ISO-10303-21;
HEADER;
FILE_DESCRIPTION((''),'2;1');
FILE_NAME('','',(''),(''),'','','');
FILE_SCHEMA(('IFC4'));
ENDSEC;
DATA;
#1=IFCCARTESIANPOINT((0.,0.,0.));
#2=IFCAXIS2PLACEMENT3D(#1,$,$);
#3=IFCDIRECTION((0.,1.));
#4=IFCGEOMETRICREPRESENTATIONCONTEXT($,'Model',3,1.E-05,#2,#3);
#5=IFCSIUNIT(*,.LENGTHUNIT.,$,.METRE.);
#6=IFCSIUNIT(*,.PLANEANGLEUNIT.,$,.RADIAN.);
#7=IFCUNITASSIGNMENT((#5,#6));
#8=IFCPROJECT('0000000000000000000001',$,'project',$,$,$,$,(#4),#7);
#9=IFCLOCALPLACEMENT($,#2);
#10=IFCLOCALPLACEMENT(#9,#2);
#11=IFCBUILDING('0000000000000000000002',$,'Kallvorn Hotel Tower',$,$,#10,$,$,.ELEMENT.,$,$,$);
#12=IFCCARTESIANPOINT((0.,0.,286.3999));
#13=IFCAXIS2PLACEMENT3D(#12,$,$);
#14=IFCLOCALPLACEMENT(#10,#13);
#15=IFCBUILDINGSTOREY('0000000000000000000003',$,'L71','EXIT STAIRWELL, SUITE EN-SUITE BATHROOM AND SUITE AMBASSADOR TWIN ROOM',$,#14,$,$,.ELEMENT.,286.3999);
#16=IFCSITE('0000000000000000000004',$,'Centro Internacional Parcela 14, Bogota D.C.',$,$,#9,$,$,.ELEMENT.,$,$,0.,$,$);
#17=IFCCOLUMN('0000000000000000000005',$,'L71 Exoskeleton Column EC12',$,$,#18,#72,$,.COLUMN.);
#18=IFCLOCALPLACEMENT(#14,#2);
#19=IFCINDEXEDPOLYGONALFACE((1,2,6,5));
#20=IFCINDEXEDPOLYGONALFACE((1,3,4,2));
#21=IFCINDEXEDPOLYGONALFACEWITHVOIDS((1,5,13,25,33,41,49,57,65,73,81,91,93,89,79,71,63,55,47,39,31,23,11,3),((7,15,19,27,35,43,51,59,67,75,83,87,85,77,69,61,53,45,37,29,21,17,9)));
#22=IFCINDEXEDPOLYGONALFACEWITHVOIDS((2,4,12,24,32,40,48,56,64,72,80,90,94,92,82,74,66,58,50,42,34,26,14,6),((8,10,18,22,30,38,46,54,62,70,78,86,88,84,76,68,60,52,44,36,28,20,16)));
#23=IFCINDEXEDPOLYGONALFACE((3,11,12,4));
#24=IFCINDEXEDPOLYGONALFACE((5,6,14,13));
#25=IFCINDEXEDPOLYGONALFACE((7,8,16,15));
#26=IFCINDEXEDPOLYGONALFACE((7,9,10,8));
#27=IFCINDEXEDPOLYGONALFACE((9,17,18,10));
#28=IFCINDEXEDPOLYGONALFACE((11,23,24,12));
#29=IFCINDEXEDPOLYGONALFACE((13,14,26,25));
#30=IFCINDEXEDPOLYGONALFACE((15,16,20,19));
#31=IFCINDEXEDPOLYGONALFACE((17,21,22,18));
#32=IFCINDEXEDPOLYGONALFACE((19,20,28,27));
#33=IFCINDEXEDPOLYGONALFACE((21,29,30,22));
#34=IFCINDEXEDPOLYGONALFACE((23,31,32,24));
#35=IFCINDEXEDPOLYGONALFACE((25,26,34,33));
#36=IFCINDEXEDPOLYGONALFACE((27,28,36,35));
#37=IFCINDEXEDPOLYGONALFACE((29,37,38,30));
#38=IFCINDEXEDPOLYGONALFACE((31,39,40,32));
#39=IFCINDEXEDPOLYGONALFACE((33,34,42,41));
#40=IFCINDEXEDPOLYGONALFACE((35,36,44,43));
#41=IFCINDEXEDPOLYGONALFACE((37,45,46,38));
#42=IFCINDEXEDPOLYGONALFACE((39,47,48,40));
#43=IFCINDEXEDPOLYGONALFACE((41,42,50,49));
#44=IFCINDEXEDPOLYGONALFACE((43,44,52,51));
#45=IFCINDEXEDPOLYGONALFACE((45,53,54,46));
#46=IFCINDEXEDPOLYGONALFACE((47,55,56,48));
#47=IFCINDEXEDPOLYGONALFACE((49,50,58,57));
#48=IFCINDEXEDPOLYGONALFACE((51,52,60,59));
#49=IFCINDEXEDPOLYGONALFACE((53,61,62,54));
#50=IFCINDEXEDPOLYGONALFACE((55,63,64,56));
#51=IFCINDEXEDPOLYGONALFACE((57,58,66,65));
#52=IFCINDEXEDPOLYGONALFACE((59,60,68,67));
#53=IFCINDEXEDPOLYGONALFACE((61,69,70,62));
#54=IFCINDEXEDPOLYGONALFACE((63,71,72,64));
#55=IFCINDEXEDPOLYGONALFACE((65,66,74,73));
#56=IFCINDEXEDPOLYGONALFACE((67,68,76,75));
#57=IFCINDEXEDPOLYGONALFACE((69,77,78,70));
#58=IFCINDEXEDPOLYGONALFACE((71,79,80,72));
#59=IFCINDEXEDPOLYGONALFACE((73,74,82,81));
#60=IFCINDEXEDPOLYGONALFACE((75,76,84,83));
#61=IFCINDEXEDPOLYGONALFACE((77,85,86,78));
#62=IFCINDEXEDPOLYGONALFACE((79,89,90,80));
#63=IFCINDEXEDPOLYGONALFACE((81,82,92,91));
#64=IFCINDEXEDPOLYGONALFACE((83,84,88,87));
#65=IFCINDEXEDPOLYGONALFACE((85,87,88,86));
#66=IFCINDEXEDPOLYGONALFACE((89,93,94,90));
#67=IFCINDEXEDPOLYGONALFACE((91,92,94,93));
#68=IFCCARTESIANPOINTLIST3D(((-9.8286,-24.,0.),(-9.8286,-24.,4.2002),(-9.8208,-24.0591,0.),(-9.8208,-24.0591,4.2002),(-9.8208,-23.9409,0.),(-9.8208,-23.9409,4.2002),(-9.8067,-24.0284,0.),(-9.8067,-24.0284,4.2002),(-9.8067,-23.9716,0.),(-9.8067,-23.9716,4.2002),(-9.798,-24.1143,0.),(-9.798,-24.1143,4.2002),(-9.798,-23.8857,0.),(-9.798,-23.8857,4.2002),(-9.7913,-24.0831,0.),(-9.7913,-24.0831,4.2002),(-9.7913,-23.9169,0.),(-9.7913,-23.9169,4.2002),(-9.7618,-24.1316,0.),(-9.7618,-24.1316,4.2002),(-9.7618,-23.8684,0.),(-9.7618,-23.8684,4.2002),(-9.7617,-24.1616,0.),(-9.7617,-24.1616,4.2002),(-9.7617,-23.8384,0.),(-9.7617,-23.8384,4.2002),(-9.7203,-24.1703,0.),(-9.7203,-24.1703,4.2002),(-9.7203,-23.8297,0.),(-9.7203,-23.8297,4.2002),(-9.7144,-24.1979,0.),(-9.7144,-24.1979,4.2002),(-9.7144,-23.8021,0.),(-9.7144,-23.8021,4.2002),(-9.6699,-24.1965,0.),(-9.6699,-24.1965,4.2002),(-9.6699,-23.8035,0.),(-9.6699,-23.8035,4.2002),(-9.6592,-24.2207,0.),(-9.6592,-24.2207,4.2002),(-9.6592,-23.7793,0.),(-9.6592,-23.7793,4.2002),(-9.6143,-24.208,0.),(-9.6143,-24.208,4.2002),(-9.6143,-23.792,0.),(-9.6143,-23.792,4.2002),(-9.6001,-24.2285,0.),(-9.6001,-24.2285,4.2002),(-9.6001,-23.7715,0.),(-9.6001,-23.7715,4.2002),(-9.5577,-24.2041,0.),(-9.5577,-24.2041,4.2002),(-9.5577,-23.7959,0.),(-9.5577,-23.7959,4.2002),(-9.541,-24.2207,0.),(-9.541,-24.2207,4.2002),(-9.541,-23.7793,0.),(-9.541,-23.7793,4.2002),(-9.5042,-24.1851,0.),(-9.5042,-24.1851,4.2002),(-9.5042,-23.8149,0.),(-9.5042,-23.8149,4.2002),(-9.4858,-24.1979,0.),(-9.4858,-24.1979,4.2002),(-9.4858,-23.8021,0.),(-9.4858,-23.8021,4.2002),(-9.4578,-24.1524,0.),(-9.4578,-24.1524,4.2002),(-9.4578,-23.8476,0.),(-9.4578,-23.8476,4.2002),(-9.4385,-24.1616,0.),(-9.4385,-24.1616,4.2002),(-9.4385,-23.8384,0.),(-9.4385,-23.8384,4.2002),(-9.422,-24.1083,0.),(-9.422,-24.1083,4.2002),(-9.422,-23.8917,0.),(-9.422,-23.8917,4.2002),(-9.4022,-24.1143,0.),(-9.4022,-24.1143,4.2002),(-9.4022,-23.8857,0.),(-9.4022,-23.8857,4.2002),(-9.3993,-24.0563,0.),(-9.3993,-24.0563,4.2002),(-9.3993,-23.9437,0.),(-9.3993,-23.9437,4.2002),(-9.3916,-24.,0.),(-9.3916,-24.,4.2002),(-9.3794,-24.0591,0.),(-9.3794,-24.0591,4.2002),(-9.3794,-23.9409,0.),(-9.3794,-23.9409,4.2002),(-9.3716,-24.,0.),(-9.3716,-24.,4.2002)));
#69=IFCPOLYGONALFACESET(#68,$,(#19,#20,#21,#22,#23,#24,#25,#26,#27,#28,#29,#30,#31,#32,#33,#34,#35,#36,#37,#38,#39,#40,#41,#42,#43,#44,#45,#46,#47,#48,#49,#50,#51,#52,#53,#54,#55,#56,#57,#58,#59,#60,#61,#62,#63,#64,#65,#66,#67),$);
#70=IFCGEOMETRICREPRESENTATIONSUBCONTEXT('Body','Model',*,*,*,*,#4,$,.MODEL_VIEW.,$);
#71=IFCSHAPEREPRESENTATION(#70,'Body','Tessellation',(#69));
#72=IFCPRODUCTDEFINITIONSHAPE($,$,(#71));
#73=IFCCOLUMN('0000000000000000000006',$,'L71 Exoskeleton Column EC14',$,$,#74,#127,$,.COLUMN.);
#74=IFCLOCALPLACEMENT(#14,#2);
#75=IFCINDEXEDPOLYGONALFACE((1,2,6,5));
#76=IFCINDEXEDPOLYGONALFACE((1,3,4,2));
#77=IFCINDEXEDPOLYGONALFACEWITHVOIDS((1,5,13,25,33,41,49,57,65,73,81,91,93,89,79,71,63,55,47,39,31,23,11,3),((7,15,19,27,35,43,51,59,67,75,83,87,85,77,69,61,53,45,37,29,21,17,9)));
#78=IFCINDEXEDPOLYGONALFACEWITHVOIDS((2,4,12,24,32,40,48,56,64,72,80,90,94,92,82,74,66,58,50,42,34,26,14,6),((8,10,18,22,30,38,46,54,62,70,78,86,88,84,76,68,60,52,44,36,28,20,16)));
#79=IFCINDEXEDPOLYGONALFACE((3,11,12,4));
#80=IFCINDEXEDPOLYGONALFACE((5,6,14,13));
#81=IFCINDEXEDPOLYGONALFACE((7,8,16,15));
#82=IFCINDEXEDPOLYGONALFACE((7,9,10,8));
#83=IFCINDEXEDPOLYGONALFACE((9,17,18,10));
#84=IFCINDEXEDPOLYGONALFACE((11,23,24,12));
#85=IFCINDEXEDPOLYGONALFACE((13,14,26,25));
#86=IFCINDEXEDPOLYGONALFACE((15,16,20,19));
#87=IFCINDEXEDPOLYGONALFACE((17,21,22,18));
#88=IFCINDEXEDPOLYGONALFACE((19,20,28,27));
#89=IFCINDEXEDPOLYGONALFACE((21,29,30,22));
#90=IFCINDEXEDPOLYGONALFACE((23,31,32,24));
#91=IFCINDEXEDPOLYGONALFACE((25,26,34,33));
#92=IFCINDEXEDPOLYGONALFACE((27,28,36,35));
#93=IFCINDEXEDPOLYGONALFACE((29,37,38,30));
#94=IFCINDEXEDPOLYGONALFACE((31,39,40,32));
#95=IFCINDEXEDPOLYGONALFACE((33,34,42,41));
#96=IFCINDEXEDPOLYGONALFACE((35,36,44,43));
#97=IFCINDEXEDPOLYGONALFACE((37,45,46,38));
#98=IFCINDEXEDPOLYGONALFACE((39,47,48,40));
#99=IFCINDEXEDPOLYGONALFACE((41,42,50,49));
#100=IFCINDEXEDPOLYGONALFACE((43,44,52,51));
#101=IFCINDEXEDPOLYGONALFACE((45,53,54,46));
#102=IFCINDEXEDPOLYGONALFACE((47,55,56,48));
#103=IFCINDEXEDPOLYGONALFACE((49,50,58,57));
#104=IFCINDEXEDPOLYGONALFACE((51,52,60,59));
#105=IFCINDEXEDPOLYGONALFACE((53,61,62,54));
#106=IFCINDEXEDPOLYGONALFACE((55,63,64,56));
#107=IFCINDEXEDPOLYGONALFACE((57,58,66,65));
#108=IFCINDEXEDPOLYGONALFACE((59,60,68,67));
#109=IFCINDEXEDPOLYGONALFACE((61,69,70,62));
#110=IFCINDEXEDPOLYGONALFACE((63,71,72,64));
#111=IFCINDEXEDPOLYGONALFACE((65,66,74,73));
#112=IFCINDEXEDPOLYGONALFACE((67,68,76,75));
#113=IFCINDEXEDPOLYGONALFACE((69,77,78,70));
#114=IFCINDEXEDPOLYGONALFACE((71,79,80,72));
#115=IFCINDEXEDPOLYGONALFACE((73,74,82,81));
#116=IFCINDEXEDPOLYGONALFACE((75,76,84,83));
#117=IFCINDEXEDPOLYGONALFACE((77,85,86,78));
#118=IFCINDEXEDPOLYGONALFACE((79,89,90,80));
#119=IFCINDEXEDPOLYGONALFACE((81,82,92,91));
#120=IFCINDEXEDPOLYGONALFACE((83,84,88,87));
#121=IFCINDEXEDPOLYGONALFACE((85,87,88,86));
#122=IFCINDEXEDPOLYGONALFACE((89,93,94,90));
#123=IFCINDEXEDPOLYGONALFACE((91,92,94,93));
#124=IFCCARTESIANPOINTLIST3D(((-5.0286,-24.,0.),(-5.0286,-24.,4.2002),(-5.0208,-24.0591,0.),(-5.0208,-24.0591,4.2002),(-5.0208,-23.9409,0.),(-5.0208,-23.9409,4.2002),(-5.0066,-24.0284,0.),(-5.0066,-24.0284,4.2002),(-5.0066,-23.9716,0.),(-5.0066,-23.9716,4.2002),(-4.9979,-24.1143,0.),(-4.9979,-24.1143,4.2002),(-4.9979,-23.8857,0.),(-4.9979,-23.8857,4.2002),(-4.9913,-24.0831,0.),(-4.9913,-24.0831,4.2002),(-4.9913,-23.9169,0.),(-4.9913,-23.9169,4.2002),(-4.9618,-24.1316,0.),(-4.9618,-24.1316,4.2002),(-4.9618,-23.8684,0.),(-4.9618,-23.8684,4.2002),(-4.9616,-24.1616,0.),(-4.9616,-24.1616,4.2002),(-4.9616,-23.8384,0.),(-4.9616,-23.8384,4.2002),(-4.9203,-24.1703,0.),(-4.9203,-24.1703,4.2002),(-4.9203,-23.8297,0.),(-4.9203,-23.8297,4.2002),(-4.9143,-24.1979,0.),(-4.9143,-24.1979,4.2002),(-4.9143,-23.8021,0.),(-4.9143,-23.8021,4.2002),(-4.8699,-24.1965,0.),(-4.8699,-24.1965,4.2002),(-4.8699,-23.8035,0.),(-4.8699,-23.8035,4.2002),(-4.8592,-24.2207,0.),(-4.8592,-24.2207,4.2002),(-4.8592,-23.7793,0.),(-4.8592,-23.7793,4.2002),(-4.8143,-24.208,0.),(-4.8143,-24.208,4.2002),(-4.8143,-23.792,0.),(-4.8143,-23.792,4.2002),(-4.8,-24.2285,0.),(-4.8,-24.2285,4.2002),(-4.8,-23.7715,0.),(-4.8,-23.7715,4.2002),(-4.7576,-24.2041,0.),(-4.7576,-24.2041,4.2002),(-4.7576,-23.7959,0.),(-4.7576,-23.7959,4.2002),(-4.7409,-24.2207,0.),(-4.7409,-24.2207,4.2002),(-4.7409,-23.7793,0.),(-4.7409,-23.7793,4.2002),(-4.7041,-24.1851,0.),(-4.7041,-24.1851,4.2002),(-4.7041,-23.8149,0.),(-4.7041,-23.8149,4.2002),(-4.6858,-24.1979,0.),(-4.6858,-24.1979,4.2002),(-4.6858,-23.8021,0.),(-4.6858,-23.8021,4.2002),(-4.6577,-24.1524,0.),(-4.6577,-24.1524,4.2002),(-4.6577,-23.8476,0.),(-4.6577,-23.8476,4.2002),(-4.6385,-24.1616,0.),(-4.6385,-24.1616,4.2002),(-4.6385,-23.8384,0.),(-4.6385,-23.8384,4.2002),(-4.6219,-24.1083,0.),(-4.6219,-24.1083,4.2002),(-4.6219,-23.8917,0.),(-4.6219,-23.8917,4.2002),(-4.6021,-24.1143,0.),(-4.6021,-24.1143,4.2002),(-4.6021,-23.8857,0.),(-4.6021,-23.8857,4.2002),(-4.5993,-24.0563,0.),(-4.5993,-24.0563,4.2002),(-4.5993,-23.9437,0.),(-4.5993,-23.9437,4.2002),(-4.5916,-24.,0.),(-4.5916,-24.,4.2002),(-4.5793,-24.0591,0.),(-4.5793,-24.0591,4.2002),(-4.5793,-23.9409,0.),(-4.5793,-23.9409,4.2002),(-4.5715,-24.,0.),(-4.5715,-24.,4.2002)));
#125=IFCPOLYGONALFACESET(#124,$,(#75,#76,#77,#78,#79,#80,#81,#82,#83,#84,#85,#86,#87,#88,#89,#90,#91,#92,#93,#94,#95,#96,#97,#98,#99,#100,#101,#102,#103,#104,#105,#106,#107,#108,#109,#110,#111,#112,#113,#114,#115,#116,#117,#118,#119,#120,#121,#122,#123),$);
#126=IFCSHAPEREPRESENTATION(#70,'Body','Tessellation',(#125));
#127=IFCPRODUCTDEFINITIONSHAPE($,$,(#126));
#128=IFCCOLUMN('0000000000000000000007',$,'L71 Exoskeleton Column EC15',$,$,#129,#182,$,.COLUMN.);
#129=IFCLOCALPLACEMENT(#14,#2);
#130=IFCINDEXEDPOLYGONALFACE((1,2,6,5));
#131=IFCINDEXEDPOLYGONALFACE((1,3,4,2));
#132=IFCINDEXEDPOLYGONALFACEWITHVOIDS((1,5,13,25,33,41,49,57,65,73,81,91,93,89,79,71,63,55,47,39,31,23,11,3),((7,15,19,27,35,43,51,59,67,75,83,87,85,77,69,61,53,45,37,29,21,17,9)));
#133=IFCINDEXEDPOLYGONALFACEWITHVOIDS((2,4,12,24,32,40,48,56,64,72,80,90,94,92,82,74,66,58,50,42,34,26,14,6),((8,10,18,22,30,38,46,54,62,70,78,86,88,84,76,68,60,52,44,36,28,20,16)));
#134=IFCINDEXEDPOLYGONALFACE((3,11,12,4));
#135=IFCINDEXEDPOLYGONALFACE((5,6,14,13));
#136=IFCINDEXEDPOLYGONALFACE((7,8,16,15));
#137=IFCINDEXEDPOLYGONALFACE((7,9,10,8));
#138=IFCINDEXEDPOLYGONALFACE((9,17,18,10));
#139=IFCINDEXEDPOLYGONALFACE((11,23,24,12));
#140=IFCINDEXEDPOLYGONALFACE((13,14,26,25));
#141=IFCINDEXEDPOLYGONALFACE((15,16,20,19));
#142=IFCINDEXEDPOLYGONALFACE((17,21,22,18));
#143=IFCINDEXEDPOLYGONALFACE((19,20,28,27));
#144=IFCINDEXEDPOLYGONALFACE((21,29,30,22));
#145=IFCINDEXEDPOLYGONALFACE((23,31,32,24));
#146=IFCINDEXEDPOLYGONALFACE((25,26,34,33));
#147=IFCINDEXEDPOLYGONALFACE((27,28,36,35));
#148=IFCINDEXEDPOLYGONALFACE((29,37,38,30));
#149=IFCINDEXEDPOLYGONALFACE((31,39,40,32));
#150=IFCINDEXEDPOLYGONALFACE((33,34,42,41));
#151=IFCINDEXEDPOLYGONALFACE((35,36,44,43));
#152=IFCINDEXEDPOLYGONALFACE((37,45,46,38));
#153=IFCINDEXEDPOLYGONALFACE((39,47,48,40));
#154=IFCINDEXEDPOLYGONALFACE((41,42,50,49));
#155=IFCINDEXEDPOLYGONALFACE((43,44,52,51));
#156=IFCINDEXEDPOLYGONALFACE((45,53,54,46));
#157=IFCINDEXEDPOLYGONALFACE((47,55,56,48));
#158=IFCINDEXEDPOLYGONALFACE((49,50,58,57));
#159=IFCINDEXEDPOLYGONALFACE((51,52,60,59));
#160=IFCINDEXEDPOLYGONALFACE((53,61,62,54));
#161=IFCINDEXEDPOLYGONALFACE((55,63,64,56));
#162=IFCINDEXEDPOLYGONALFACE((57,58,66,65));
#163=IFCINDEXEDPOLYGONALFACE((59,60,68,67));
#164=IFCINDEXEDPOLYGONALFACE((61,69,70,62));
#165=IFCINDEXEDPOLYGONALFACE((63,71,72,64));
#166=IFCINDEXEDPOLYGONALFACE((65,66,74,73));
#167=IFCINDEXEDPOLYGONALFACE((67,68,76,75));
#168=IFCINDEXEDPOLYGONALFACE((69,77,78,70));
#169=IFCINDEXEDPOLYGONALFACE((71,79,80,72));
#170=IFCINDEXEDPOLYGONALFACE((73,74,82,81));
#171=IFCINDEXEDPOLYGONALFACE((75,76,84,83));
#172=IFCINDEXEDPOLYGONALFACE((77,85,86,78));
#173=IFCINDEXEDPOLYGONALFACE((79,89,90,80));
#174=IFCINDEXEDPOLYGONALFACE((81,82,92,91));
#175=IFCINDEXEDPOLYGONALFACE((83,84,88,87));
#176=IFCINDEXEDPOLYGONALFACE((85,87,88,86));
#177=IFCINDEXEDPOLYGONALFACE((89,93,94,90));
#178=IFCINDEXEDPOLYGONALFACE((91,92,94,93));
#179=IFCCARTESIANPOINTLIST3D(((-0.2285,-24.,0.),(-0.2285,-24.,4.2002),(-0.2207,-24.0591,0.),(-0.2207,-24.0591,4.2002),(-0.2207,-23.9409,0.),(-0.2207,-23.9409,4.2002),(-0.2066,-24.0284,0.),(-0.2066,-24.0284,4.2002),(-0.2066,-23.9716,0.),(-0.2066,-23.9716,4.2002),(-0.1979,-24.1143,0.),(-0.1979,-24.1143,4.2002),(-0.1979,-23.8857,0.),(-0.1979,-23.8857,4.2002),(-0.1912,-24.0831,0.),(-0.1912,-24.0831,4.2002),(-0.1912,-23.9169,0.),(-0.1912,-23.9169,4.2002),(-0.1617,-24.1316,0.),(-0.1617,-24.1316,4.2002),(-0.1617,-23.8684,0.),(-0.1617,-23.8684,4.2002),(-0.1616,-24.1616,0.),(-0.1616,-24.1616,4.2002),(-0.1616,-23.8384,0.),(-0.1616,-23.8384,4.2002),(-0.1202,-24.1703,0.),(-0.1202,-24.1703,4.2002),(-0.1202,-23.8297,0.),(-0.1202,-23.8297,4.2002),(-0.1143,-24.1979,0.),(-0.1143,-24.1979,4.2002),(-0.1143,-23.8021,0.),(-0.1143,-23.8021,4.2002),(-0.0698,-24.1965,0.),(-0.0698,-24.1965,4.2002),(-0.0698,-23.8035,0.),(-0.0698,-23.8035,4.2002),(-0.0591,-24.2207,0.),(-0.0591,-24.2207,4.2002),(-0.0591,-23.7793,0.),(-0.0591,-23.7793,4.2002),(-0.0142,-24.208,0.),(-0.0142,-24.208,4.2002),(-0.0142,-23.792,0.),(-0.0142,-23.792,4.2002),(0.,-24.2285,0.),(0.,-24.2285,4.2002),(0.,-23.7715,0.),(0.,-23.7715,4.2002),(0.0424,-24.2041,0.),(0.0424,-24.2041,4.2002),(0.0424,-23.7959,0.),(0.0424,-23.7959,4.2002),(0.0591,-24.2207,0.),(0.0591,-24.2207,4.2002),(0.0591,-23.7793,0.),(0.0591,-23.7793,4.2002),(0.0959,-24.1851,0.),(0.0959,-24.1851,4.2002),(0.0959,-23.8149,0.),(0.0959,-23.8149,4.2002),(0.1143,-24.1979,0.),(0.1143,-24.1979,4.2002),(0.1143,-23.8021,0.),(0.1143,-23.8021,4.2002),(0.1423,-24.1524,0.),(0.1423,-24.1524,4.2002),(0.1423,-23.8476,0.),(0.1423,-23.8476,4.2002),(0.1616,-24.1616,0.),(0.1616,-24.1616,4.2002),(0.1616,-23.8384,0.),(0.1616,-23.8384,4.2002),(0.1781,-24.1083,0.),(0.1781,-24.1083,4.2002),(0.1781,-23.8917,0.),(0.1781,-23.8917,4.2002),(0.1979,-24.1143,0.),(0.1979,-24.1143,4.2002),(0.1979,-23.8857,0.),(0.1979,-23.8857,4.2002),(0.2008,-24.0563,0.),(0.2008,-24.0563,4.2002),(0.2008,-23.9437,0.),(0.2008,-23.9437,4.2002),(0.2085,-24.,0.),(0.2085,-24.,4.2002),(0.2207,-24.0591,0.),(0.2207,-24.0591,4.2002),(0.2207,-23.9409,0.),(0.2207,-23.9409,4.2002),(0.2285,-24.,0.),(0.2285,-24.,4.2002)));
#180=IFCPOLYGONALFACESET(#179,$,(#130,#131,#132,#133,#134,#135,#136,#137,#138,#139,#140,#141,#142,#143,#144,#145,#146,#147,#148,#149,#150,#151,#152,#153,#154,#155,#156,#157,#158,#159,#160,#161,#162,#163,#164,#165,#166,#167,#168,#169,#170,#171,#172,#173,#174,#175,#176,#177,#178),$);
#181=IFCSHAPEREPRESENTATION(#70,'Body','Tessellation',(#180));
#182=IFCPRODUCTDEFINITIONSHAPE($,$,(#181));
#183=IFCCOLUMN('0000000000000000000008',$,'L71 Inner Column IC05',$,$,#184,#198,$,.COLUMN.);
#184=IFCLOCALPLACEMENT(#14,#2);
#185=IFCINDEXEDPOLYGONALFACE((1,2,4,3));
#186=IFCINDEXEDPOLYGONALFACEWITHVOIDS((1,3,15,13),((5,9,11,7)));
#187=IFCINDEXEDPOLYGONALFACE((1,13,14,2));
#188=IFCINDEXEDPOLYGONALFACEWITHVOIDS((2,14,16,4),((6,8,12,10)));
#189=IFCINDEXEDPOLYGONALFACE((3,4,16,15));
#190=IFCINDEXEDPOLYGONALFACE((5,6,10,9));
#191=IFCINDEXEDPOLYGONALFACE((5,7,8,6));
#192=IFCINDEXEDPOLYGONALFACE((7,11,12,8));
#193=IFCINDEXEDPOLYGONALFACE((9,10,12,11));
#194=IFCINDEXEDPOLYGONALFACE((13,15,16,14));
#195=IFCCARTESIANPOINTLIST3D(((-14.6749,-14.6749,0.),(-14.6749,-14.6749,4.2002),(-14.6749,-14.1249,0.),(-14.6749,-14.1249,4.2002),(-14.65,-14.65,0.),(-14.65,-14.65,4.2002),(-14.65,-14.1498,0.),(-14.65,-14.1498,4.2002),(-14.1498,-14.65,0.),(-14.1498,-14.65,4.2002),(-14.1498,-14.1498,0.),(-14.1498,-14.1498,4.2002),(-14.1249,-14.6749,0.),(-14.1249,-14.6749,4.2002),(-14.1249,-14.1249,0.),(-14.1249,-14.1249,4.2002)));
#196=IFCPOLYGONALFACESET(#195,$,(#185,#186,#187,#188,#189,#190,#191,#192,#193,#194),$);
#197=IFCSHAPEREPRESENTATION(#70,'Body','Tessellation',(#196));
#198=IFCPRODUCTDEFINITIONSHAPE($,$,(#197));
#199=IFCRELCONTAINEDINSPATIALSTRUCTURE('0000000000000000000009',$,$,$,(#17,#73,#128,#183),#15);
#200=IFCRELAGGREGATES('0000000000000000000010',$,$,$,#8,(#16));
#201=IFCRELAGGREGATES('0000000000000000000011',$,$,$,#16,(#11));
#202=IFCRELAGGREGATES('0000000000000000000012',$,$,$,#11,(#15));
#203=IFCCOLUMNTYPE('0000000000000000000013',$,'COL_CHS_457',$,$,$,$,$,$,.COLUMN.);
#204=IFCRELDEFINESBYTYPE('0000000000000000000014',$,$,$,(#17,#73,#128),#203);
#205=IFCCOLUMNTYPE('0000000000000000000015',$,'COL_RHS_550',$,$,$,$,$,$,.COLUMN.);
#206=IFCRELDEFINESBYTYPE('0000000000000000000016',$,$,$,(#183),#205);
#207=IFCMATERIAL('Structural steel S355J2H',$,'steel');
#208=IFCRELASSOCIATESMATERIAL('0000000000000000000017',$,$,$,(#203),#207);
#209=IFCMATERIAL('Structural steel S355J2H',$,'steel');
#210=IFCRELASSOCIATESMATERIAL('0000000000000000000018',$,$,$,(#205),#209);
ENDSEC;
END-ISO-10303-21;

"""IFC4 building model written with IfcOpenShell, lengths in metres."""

from ifc_helpers import new_model, si_unit, direction, frame, origin, origin_2d, place, context, subcontext, project, spatial, hollow_rectangle, hollow_circle, extrude, material, material_profile, profile_set, type_object, element, save


model = new_model("IFC4")

# Units and contexts
model_context = context("Model", 3, precision=1e-05, world=origin(), true_north=direction((0.0, 1.0)))
body_context = subcontext(model_context, "Body", "Model", "MODEL_VIEW")
ifc_project = project(units=[si_unit("LENGTHUNIT", "METRE"), si_unit("PLANEANGLEUNIT", "RADIAN")], contexts=[model_context])

# Site, building, storey
site_placement = place(None, origin())
site = spatial("IfcSite", under=ifc_project, at=site_placement, Name="Centro Internacional Parcela 14, Bogota D.C.", CompositionType="ELEMENT", RefElevation=0.0)
building_placement = place(site_placement, origin())
building = spatial("IfcBuilding", under=site, at=building_placement, Name="Kallvorn Hotel Tower", CompositionType="ELEMENT")
storey_placement = place(building_placement, frame((0.0, 0.0, 286.3999)))
storey = spatial("IfcBuildingStorey", under=building, at=storey_placement, Name="L71", Description="EXIT STAIRWELL, SUITE EN-SUITE BATHROOM AND SUITE AMBASSADOR TWIN ROOM", CompositionType="ELEMENT", Elevation=286.3999)

# Columns
ifc_material_1 = material(Name="Structural steel S355J2H", Category="steel")
ifc_material_profile_1 = material_profile(ifc_material_1, hollow_circle(Radius=0.2285, WallThickness=0.02, at=origin_2d()), Name="CHS 457x20")
ifc_profile_set_1 = profile_set([ifc_material_profile_1], Name="Structural steel S355J2H")
column_type_1 = type_object("IfcColumnType", Name="COL_CHS_457", PredefinedType="COLUMN", material=ifc_profile_set_1)
for number, where, z_axis, x_axis, name in (
    (1, (-9.6001, -24.0, 0.0), (0.0, 0.0, 1.0), (1.0, 0.0, 0.0), "L71 Exoskeleton Column EC12"),
    (2, (-4.8, -24.0, 0.0), (0.0, 0.0, 1.0), (1.0, 0.0, 0.0), "L71 Exoskeleton Column EC14"),
    (3, (0.0, -24.0, 0.0), (0.0, 0.0, 1.0), (1.0, 0.0, 0.0), "L71 Exoskeleton Column EC15"),
):
    element("IfcColumn", number, at=place(storey_placement, frame(where, z_axis=z_axis, x_axis=x_axis)), inside=storey, type_object=column_type_1, Name=name, PredefinedType="COLUMN", context=body_context, shape_type="SweptSolid", body=[
        extrude(hollow_circle(Radius=0.2285, WallThickness=0.02, at=origin_2d()), origin(), (0.0, 0.0, 1.0), 4.2002),
    ])
ifc_material_2 = material(Name="Structural steel S355J2H", Category="steel")
ifc_material_profile_2 = material_profile(ifc_material_2, hollow_rectangle(XDim=0.55, YDim=0.55, WallThickness=0.0249, at=origin_2d()), Name="RHS 550x550x25")
ifc_profile_set_2 = profile_set([ifc_material_profile_2], Name="Structural steel S355J2H")
column_type_2 = type_object("IfcColumnType", Name="COL_RHS_550", PredefinedType="COLUMN", material=ifc_profile_set_2)
for number, where, z_axis, x_axis, name in (
    (4, (-14.3999, -14.3999, 0.0), (0.0, 0.0, 1.0), (1.0, 0.0, 0.0), "L71 Inner Column IC05"),
):
    element("IfcColumn", number, at=place(storey_placement, frame(where, z_axis=z_axis, x_axis=x_axis)), inside=storey, type_object=column_type_2, Name=name, PredefinedType="COLUMN", context=body_context, shape_type="SweptSolid", body=[
        extrude(hollow_rectangle(XDim=0.55, YDim=0.55, WallThickness=0.0249, at=origin_2d()), origin(), (0.0, 0.0, 1.0), 4.2002),
    ])

save(model, "model.ifc")
